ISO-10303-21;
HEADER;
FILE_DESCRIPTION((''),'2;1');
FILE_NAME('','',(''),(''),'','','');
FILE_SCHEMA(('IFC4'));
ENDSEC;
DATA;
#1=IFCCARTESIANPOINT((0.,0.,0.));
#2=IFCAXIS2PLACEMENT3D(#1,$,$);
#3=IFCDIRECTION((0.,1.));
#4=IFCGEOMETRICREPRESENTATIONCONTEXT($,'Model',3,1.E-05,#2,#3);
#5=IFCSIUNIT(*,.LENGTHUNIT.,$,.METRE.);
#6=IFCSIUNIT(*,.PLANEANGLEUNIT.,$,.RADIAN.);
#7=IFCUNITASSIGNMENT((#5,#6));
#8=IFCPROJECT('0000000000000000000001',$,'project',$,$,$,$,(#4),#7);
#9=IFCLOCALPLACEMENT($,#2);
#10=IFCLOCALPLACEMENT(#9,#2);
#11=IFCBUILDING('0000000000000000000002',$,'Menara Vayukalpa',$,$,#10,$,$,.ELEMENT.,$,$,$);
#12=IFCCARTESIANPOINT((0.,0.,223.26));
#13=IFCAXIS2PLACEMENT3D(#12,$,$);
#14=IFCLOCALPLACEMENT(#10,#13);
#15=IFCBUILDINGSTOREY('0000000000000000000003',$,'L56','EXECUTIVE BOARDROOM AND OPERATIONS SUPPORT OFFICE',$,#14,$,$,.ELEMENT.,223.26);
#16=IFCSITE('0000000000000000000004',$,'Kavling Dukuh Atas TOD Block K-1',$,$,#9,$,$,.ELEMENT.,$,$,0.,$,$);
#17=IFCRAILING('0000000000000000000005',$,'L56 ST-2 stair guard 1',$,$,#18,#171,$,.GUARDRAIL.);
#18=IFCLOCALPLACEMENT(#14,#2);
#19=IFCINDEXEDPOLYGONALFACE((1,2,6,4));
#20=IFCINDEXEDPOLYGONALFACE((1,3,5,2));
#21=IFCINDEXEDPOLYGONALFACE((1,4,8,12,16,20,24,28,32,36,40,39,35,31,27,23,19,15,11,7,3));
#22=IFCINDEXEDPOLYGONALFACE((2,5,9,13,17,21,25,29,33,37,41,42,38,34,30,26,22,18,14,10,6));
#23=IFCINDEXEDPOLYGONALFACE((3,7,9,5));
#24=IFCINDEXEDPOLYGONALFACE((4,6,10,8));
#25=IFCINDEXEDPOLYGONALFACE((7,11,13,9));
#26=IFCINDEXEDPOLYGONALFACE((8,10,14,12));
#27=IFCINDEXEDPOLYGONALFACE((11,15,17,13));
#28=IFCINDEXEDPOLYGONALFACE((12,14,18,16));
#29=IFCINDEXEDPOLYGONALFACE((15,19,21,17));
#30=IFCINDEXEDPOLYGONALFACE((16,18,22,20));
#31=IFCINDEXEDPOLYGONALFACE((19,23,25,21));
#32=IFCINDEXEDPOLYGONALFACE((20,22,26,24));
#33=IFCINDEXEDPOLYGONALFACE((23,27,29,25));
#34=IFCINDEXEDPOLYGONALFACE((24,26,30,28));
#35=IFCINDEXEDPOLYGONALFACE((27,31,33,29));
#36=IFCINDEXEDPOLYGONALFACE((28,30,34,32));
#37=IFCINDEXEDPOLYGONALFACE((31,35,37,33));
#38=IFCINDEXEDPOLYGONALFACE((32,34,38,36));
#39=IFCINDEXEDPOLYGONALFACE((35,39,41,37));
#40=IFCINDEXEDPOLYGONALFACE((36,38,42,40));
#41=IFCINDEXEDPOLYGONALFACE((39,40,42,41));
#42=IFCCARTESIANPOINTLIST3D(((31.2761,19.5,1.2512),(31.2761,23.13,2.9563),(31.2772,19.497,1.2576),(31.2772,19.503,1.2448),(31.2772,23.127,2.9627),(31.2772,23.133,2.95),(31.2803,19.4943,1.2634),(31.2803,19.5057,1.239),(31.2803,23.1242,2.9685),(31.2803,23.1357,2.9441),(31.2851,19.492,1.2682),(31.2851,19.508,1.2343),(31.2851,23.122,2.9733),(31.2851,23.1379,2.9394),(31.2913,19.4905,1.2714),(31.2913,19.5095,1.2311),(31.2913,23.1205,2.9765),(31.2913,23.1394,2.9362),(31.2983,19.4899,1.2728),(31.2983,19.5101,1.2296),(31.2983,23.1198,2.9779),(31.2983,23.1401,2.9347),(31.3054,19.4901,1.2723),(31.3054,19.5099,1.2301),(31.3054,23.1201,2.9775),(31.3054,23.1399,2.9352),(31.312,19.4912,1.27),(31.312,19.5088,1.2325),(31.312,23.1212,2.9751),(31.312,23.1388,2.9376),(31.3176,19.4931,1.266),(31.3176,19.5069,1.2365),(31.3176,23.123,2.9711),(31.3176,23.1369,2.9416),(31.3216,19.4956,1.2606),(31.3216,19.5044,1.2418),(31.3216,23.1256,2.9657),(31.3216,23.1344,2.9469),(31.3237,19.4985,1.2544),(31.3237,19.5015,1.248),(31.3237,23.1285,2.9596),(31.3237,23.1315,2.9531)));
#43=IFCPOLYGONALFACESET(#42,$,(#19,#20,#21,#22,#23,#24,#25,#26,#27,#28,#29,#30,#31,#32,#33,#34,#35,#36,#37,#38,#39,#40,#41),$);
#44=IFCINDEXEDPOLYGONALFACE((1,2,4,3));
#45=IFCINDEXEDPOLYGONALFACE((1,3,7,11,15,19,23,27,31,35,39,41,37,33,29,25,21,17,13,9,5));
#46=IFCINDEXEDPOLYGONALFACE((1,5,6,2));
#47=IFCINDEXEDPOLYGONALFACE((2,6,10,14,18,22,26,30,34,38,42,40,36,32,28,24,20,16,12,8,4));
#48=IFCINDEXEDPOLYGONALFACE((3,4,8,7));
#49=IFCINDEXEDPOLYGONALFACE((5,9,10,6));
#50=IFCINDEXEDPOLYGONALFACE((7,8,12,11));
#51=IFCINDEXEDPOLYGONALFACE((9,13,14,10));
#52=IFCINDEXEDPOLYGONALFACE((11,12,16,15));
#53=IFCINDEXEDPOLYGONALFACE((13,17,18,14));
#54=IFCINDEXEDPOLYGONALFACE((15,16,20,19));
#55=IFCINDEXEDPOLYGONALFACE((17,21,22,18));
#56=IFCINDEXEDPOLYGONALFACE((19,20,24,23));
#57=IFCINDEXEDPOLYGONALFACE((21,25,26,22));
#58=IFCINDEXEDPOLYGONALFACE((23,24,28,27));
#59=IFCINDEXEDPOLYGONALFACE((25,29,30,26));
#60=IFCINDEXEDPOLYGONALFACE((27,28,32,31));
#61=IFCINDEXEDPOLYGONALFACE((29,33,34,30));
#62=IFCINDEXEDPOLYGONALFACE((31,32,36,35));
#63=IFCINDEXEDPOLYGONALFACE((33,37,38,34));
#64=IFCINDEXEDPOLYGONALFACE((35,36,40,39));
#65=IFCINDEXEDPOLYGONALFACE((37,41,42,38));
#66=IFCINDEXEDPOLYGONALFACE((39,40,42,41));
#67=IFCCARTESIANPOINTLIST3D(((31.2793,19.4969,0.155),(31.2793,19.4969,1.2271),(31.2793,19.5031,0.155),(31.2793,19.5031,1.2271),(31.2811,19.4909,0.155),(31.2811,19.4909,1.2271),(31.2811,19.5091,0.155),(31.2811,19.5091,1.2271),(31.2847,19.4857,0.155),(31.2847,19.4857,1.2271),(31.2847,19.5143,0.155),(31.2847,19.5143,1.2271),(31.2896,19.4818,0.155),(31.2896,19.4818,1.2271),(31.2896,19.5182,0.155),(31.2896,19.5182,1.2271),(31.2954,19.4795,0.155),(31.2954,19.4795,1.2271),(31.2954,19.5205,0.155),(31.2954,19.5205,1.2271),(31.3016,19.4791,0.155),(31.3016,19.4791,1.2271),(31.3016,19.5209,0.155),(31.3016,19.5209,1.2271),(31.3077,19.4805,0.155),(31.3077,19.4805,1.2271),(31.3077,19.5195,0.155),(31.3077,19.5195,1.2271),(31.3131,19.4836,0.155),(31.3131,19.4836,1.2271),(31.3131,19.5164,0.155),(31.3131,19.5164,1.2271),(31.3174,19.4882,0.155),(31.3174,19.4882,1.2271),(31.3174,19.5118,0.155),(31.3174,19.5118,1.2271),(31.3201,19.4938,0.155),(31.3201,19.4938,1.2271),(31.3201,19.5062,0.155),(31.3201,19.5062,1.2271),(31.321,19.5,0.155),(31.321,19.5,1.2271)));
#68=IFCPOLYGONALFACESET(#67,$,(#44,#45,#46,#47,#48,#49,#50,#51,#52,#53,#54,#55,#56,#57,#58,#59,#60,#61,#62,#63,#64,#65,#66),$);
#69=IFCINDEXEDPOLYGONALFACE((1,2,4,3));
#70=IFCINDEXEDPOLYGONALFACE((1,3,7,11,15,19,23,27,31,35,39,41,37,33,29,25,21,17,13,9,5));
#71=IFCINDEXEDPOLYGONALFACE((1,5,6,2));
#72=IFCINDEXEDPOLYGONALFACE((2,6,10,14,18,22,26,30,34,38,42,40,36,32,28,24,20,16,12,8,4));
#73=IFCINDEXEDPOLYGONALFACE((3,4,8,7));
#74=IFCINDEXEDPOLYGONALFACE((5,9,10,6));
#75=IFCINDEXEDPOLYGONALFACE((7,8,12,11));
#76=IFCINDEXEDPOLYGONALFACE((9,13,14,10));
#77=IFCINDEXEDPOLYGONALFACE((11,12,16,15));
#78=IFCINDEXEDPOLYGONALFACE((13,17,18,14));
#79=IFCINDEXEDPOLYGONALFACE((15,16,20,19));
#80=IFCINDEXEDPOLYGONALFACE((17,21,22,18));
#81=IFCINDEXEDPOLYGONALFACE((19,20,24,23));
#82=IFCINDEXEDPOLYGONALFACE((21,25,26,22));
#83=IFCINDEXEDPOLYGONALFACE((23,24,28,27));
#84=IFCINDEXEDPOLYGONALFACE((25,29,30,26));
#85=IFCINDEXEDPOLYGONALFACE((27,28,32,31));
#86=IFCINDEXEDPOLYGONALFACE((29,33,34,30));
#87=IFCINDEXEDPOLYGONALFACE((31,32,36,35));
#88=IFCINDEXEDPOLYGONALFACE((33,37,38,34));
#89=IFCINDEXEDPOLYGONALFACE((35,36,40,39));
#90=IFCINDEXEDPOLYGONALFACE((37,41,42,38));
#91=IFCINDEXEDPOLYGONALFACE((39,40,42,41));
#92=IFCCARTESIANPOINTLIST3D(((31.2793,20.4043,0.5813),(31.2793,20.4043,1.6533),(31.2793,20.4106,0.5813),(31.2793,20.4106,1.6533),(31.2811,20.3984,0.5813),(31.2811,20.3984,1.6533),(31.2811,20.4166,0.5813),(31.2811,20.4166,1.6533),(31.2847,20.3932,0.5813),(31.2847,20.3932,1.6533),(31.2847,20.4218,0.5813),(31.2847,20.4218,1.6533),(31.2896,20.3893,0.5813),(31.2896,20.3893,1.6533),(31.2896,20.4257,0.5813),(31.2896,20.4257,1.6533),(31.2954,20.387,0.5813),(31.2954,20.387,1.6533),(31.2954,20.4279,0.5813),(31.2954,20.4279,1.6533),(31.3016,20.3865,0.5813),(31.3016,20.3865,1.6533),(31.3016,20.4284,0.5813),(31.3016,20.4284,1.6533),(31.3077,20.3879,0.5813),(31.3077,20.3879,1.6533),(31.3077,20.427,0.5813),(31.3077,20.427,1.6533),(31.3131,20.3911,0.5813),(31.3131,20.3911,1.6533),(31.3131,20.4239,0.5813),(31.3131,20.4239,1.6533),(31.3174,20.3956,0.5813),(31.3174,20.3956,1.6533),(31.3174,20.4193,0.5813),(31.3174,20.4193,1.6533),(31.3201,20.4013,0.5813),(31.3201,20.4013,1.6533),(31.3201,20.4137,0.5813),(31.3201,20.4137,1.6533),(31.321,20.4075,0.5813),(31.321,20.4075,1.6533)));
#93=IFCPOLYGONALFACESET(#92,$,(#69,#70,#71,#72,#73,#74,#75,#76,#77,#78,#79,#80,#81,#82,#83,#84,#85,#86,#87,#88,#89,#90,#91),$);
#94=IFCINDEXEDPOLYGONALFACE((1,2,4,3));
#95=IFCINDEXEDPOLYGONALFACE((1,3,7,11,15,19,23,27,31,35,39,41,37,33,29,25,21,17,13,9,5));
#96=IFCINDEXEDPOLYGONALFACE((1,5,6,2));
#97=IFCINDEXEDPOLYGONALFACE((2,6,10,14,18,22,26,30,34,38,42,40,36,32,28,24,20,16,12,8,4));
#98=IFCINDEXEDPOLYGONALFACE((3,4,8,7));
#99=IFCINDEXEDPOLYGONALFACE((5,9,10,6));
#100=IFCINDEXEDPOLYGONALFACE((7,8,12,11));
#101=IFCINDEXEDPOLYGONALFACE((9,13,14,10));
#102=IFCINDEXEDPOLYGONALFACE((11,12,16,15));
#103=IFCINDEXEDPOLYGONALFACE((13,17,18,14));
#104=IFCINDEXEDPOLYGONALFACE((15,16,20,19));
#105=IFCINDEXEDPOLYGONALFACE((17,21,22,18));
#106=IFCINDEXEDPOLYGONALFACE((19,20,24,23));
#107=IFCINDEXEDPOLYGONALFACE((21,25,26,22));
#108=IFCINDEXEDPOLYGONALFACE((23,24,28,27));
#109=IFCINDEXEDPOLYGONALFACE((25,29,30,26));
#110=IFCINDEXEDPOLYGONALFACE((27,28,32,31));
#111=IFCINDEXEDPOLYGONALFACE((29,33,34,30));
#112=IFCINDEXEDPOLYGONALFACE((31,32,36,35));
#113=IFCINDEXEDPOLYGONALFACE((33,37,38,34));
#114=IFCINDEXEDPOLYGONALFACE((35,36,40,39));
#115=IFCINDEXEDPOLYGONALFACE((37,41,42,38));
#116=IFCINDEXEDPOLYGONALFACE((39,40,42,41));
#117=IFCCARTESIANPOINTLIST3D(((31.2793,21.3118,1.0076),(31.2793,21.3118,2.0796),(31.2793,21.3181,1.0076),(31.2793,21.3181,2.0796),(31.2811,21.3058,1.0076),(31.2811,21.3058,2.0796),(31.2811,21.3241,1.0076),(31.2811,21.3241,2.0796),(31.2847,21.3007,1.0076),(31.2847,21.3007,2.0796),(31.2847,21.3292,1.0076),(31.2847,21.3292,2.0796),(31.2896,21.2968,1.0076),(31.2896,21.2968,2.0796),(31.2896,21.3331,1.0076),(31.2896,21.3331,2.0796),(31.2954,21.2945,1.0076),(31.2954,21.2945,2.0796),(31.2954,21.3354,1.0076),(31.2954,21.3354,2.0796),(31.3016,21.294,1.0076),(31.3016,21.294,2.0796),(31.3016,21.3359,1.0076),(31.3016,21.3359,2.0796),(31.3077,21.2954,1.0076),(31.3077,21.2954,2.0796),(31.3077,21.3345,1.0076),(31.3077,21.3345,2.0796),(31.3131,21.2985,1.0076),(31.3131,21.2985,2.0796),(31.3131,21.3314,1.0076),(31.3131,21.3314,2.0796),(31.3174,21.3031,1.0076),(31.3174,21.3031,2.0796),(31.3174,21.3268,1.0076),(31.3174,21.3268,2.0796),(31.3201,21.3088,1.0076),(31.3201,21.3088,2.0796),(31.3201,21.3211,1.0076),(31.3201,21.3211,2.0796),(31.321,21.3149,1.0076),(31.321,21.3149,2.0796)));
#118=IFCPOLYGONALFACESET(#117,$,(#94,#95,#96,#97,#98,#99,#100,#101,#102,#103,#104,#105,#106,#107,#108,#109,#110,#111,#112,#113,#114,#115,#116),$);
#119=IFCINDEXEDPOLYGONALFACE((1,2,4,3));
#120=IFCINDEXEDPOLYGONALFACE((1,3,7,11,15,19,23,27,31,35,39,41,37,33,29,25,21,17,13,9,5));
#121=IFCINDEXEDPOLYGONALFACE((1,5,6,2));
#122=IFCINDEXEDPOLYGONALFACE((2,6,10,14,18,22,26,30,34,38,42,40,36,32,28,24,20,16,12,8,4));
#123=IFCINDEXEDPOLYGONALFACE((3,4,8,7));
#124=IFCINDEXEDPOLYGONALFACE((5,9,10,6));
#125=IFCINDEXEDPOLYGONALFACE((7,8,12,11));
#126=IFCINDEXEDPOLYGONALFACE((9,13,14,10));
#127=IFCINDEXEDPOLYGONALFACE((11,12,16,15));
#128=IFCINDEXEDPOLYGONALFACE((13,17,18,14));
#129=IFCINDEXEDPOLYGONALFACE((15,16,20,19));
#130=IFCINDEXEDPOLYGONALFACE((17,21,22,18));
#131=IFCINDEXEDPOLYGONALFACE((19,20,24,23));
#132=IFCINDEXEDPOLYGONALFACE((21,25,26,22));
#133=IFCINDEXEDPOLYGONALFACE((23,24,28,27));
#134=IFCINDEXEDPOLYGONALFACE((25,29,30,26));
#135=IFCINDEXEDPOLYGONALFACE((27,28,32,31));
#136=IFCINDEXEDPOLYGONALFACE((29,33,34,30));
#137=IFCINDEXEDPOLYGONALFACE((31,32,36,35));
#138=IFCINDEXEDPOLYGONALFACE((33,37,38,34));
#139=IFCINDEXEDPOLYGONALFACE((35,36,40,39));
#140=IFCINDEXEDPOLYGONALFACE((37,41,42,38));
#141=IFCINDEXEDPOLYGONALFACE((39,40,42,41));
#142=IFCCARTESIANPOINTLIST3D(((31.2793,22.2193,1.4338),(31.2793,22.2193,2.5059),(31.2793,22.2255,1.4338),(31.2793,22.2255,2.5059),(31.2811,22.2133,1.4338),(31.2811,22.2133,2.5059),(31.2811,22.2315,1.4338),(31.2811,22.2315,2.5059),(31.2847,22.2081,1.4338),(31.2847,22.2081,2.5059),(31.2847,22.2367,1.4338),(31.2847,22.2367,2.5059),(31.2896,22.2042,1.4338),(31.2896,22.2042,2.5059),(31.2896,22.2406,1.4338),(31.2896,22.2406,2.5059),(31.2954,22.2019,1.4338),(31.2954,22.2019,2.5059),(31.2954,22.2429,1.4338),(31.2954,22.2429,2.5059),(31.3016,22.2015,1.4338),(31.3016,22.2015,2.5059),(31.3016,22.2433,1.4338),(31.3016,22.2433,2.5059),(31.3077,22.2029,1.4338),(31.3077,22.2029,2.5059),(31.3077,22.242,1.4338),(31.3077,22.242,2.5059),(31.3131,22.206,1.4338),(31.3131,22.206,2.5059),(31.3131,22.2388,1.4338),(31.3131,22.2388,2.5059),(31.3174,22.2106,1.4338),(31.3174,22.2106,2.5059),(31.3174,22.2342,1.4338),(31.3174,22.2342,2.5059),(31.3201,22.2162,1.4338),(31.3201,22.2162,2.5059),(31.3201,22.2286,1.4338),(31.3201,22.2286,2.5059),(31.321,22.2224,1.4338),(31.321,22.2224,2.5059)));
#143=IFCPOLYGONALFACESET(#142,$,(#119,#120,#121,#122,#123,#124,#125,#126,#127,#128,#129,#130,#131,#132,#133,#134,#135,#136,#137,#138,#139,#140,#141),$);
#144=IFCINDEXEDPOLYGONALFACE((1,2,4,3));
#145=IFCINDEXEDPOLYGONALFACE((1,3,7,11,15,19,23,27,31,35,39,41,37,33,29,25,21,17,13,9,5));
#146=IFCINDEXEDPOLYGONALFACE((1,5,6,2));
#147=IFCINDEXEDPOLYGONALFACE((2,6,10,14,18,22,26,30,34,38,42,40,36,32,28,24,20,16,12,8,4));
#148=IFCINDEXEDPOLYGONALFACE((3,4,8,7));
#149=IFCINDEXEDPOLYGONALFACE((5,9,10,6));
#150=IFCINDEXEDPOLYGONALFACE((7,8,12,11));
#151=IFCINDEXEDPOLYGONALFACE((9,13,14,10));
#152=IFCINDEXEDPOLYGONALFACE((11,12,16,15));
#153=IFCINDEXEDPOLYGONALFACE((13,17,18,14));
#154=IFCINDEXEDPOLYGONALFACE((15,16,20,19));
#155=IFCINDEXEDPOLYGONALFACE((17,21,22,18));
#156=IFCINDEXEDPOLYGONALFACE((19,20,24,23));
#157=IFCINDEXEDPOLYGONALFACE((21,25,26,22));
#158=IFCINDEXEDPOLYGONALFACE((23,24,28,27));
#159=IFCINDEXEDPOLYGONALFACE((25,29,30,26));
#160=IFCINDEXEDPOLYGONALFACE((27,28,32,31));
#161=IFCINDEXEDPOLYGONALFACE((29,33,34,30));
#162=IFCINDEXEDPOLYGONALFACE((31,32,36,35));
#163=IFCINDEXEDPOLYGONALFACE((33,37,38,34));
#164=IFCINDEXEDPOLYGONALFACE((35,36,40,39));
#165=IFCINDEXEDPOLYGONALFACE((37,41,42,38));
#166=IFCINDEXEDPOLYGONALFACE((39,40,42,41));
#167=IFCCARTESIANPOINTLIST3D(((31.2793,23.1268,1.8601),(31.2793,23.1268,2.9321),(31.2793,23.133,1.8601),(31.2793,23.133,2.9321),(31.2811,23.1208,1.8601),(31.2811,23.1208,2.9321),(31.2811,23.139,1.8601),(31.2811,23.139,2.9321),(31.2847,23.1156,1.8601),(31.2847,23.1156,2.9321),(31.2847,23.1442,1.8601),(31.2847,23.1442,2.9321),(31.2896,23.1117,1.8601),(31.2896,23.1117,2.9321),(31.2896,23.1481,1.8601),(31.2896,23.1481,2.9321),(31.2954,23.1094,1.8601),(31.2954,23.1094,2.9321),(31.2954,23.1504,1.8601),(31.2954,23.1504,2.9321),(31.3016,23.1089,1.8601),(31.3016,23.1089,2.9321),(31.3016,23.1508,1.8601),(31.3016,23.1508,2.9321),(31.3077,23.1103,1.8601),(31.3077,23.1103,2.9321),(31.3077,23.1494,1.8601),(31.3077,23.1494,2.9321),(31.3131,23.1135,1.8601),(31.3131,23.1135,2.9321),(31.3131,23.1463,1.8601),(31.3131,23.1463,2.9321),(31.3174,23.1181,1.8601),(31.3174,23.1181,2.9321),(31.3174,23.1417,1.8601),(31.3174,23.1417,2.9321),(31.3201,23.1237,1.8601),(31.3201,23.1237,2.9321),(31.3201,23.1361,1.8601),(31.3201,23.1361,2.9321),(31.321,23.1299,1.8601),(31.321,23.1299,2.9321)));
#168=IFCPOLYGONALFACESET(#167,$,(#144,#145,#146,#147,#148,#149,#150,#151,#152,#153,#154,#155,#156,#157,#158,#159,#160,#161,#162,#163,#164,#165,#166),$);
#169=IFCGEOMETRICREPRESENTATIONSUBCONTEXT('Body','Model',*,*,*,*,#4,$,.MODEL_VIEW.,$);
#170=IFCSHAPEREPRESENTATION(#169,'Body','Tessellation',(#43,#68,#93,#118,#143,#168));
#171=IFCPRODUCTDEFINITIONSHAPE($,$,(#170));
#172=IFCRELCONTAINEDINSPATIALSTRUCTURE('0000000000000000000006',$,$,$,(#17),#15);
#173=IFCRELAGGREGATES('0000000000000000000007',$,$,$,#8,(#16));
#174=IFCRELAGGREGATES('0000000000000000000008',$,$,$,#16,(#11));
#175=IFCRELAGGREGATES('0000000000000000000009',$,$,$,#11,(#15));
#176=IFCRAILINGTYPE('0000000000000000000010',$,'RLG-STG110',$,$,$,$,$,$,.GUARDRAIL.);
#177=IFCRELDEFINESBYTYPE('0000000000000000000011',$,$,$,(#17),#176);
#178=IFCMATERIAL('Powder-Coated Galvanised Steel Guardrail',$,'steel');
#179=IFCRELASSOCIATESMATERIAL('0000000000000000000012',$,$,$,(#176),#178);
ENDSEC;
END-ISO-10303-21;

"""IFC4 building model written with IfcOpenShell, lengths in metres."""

from ifc_helpers import new_model, si_unit, direction, frame, origin, origin_2d, place, context, subcontext, project, spatial, circle, extrude, material, type_object, element, save


model = new_model("IFC4")

# Units and contexts
model_context = context("Model", 3, precision=1e-05, world=origin(), true_north=direction((0.0, 1.0)))
body_context = subcontext(model_context, "Body", "Model", "MODEL_VIEW")
ifc_project = project(units=[si_unit("LENGTHUNIT", "METRE"), si_unit("PLANEANGLEUNIT", "RADIAN")], contexts=[model_context])

# Site, building, storey
site_placement = place(None, origin())
site = spatial("IfcSite", under=ifc_project, at=site_placement, Name="Kavling Dukuh Atas TOD Block K-1", CompositionType="ELEMENT", RefElevation=0.0)
building_placement = place(site_placement, origin())
building = spatial("IfcBuilding", under=site, at=building_placement, Name="Menara Vayukalpa", CompositionType="ELEMENT")
storey_placement = place(building_placement, frame((0.0, 0.0, 223.26)))
storey = spatial("IfcBuildingStorey", under=building, at=storey_placement, Name="L56", Description="EXECUTIVE BOARDROOM AND OPERATIONS SUPPORT OFFICE", CompositionType="ELEMENT", Elevation=223.26)

# Railing
ifc_material_1 = material(Name="Powder-Coated Galvanised Steel Guardrail", Category="steel")
railing_type_1 = type_object("IfcRailingType", Name="RLG-STG110", PredefinedType="GUARDRAIL", material=ifc_material_1)
railing_1_placement = place(storey_placement, frame((31.3, 19.5, 0.155)))
element("IfcRailing", 1, at=railing_1_placement, inside=storey, type_object=railing_type_1, Name="L56 ST-2 stair guard 1", PredefinedType="GUARDRAIL", context=body_context, shape_type="SweptSolid", body=[
    extrude(circle(Radius=0.0239, at=origin_2d()), frame((0.0, 0.0, 1.0962), z_axis=(0.0, 0.905116, 0.425164), x_axis=(-1.0, 0.0, 0.0)), (0.0, 0.0, 1.0), 4.0105),
    extrude(circle(Radius=0.021, at=origin_2d()), origin(), (0.0, 0.0, 1.0), 1.072),
    extrude(circle(Radius=0.021, at=origin_2d()), frame((0.0, 0.9075, 0.4263)), (0.0, 0.0, 1.0), 1.072),
    extrude(circle(Radius=0.021, at=origin_2d()), frame((0.0, 1.8149, 0.8525)), (0.0, 0.0, 1.0), 1.072),
    extrude(circle(Radius=0.021, at=origin_2d()), frame((0.0, 2.7224, 1.2788)), (0.0, 0.0, 1.0), 1.072),
    extrude(circle(Radius=0.021, at=origin_2d()), frame((0.0, 3.6299, 1.7051)), (0.0, 0.0, 1.0), 1.072),
])

save(model, "model.ifc")
